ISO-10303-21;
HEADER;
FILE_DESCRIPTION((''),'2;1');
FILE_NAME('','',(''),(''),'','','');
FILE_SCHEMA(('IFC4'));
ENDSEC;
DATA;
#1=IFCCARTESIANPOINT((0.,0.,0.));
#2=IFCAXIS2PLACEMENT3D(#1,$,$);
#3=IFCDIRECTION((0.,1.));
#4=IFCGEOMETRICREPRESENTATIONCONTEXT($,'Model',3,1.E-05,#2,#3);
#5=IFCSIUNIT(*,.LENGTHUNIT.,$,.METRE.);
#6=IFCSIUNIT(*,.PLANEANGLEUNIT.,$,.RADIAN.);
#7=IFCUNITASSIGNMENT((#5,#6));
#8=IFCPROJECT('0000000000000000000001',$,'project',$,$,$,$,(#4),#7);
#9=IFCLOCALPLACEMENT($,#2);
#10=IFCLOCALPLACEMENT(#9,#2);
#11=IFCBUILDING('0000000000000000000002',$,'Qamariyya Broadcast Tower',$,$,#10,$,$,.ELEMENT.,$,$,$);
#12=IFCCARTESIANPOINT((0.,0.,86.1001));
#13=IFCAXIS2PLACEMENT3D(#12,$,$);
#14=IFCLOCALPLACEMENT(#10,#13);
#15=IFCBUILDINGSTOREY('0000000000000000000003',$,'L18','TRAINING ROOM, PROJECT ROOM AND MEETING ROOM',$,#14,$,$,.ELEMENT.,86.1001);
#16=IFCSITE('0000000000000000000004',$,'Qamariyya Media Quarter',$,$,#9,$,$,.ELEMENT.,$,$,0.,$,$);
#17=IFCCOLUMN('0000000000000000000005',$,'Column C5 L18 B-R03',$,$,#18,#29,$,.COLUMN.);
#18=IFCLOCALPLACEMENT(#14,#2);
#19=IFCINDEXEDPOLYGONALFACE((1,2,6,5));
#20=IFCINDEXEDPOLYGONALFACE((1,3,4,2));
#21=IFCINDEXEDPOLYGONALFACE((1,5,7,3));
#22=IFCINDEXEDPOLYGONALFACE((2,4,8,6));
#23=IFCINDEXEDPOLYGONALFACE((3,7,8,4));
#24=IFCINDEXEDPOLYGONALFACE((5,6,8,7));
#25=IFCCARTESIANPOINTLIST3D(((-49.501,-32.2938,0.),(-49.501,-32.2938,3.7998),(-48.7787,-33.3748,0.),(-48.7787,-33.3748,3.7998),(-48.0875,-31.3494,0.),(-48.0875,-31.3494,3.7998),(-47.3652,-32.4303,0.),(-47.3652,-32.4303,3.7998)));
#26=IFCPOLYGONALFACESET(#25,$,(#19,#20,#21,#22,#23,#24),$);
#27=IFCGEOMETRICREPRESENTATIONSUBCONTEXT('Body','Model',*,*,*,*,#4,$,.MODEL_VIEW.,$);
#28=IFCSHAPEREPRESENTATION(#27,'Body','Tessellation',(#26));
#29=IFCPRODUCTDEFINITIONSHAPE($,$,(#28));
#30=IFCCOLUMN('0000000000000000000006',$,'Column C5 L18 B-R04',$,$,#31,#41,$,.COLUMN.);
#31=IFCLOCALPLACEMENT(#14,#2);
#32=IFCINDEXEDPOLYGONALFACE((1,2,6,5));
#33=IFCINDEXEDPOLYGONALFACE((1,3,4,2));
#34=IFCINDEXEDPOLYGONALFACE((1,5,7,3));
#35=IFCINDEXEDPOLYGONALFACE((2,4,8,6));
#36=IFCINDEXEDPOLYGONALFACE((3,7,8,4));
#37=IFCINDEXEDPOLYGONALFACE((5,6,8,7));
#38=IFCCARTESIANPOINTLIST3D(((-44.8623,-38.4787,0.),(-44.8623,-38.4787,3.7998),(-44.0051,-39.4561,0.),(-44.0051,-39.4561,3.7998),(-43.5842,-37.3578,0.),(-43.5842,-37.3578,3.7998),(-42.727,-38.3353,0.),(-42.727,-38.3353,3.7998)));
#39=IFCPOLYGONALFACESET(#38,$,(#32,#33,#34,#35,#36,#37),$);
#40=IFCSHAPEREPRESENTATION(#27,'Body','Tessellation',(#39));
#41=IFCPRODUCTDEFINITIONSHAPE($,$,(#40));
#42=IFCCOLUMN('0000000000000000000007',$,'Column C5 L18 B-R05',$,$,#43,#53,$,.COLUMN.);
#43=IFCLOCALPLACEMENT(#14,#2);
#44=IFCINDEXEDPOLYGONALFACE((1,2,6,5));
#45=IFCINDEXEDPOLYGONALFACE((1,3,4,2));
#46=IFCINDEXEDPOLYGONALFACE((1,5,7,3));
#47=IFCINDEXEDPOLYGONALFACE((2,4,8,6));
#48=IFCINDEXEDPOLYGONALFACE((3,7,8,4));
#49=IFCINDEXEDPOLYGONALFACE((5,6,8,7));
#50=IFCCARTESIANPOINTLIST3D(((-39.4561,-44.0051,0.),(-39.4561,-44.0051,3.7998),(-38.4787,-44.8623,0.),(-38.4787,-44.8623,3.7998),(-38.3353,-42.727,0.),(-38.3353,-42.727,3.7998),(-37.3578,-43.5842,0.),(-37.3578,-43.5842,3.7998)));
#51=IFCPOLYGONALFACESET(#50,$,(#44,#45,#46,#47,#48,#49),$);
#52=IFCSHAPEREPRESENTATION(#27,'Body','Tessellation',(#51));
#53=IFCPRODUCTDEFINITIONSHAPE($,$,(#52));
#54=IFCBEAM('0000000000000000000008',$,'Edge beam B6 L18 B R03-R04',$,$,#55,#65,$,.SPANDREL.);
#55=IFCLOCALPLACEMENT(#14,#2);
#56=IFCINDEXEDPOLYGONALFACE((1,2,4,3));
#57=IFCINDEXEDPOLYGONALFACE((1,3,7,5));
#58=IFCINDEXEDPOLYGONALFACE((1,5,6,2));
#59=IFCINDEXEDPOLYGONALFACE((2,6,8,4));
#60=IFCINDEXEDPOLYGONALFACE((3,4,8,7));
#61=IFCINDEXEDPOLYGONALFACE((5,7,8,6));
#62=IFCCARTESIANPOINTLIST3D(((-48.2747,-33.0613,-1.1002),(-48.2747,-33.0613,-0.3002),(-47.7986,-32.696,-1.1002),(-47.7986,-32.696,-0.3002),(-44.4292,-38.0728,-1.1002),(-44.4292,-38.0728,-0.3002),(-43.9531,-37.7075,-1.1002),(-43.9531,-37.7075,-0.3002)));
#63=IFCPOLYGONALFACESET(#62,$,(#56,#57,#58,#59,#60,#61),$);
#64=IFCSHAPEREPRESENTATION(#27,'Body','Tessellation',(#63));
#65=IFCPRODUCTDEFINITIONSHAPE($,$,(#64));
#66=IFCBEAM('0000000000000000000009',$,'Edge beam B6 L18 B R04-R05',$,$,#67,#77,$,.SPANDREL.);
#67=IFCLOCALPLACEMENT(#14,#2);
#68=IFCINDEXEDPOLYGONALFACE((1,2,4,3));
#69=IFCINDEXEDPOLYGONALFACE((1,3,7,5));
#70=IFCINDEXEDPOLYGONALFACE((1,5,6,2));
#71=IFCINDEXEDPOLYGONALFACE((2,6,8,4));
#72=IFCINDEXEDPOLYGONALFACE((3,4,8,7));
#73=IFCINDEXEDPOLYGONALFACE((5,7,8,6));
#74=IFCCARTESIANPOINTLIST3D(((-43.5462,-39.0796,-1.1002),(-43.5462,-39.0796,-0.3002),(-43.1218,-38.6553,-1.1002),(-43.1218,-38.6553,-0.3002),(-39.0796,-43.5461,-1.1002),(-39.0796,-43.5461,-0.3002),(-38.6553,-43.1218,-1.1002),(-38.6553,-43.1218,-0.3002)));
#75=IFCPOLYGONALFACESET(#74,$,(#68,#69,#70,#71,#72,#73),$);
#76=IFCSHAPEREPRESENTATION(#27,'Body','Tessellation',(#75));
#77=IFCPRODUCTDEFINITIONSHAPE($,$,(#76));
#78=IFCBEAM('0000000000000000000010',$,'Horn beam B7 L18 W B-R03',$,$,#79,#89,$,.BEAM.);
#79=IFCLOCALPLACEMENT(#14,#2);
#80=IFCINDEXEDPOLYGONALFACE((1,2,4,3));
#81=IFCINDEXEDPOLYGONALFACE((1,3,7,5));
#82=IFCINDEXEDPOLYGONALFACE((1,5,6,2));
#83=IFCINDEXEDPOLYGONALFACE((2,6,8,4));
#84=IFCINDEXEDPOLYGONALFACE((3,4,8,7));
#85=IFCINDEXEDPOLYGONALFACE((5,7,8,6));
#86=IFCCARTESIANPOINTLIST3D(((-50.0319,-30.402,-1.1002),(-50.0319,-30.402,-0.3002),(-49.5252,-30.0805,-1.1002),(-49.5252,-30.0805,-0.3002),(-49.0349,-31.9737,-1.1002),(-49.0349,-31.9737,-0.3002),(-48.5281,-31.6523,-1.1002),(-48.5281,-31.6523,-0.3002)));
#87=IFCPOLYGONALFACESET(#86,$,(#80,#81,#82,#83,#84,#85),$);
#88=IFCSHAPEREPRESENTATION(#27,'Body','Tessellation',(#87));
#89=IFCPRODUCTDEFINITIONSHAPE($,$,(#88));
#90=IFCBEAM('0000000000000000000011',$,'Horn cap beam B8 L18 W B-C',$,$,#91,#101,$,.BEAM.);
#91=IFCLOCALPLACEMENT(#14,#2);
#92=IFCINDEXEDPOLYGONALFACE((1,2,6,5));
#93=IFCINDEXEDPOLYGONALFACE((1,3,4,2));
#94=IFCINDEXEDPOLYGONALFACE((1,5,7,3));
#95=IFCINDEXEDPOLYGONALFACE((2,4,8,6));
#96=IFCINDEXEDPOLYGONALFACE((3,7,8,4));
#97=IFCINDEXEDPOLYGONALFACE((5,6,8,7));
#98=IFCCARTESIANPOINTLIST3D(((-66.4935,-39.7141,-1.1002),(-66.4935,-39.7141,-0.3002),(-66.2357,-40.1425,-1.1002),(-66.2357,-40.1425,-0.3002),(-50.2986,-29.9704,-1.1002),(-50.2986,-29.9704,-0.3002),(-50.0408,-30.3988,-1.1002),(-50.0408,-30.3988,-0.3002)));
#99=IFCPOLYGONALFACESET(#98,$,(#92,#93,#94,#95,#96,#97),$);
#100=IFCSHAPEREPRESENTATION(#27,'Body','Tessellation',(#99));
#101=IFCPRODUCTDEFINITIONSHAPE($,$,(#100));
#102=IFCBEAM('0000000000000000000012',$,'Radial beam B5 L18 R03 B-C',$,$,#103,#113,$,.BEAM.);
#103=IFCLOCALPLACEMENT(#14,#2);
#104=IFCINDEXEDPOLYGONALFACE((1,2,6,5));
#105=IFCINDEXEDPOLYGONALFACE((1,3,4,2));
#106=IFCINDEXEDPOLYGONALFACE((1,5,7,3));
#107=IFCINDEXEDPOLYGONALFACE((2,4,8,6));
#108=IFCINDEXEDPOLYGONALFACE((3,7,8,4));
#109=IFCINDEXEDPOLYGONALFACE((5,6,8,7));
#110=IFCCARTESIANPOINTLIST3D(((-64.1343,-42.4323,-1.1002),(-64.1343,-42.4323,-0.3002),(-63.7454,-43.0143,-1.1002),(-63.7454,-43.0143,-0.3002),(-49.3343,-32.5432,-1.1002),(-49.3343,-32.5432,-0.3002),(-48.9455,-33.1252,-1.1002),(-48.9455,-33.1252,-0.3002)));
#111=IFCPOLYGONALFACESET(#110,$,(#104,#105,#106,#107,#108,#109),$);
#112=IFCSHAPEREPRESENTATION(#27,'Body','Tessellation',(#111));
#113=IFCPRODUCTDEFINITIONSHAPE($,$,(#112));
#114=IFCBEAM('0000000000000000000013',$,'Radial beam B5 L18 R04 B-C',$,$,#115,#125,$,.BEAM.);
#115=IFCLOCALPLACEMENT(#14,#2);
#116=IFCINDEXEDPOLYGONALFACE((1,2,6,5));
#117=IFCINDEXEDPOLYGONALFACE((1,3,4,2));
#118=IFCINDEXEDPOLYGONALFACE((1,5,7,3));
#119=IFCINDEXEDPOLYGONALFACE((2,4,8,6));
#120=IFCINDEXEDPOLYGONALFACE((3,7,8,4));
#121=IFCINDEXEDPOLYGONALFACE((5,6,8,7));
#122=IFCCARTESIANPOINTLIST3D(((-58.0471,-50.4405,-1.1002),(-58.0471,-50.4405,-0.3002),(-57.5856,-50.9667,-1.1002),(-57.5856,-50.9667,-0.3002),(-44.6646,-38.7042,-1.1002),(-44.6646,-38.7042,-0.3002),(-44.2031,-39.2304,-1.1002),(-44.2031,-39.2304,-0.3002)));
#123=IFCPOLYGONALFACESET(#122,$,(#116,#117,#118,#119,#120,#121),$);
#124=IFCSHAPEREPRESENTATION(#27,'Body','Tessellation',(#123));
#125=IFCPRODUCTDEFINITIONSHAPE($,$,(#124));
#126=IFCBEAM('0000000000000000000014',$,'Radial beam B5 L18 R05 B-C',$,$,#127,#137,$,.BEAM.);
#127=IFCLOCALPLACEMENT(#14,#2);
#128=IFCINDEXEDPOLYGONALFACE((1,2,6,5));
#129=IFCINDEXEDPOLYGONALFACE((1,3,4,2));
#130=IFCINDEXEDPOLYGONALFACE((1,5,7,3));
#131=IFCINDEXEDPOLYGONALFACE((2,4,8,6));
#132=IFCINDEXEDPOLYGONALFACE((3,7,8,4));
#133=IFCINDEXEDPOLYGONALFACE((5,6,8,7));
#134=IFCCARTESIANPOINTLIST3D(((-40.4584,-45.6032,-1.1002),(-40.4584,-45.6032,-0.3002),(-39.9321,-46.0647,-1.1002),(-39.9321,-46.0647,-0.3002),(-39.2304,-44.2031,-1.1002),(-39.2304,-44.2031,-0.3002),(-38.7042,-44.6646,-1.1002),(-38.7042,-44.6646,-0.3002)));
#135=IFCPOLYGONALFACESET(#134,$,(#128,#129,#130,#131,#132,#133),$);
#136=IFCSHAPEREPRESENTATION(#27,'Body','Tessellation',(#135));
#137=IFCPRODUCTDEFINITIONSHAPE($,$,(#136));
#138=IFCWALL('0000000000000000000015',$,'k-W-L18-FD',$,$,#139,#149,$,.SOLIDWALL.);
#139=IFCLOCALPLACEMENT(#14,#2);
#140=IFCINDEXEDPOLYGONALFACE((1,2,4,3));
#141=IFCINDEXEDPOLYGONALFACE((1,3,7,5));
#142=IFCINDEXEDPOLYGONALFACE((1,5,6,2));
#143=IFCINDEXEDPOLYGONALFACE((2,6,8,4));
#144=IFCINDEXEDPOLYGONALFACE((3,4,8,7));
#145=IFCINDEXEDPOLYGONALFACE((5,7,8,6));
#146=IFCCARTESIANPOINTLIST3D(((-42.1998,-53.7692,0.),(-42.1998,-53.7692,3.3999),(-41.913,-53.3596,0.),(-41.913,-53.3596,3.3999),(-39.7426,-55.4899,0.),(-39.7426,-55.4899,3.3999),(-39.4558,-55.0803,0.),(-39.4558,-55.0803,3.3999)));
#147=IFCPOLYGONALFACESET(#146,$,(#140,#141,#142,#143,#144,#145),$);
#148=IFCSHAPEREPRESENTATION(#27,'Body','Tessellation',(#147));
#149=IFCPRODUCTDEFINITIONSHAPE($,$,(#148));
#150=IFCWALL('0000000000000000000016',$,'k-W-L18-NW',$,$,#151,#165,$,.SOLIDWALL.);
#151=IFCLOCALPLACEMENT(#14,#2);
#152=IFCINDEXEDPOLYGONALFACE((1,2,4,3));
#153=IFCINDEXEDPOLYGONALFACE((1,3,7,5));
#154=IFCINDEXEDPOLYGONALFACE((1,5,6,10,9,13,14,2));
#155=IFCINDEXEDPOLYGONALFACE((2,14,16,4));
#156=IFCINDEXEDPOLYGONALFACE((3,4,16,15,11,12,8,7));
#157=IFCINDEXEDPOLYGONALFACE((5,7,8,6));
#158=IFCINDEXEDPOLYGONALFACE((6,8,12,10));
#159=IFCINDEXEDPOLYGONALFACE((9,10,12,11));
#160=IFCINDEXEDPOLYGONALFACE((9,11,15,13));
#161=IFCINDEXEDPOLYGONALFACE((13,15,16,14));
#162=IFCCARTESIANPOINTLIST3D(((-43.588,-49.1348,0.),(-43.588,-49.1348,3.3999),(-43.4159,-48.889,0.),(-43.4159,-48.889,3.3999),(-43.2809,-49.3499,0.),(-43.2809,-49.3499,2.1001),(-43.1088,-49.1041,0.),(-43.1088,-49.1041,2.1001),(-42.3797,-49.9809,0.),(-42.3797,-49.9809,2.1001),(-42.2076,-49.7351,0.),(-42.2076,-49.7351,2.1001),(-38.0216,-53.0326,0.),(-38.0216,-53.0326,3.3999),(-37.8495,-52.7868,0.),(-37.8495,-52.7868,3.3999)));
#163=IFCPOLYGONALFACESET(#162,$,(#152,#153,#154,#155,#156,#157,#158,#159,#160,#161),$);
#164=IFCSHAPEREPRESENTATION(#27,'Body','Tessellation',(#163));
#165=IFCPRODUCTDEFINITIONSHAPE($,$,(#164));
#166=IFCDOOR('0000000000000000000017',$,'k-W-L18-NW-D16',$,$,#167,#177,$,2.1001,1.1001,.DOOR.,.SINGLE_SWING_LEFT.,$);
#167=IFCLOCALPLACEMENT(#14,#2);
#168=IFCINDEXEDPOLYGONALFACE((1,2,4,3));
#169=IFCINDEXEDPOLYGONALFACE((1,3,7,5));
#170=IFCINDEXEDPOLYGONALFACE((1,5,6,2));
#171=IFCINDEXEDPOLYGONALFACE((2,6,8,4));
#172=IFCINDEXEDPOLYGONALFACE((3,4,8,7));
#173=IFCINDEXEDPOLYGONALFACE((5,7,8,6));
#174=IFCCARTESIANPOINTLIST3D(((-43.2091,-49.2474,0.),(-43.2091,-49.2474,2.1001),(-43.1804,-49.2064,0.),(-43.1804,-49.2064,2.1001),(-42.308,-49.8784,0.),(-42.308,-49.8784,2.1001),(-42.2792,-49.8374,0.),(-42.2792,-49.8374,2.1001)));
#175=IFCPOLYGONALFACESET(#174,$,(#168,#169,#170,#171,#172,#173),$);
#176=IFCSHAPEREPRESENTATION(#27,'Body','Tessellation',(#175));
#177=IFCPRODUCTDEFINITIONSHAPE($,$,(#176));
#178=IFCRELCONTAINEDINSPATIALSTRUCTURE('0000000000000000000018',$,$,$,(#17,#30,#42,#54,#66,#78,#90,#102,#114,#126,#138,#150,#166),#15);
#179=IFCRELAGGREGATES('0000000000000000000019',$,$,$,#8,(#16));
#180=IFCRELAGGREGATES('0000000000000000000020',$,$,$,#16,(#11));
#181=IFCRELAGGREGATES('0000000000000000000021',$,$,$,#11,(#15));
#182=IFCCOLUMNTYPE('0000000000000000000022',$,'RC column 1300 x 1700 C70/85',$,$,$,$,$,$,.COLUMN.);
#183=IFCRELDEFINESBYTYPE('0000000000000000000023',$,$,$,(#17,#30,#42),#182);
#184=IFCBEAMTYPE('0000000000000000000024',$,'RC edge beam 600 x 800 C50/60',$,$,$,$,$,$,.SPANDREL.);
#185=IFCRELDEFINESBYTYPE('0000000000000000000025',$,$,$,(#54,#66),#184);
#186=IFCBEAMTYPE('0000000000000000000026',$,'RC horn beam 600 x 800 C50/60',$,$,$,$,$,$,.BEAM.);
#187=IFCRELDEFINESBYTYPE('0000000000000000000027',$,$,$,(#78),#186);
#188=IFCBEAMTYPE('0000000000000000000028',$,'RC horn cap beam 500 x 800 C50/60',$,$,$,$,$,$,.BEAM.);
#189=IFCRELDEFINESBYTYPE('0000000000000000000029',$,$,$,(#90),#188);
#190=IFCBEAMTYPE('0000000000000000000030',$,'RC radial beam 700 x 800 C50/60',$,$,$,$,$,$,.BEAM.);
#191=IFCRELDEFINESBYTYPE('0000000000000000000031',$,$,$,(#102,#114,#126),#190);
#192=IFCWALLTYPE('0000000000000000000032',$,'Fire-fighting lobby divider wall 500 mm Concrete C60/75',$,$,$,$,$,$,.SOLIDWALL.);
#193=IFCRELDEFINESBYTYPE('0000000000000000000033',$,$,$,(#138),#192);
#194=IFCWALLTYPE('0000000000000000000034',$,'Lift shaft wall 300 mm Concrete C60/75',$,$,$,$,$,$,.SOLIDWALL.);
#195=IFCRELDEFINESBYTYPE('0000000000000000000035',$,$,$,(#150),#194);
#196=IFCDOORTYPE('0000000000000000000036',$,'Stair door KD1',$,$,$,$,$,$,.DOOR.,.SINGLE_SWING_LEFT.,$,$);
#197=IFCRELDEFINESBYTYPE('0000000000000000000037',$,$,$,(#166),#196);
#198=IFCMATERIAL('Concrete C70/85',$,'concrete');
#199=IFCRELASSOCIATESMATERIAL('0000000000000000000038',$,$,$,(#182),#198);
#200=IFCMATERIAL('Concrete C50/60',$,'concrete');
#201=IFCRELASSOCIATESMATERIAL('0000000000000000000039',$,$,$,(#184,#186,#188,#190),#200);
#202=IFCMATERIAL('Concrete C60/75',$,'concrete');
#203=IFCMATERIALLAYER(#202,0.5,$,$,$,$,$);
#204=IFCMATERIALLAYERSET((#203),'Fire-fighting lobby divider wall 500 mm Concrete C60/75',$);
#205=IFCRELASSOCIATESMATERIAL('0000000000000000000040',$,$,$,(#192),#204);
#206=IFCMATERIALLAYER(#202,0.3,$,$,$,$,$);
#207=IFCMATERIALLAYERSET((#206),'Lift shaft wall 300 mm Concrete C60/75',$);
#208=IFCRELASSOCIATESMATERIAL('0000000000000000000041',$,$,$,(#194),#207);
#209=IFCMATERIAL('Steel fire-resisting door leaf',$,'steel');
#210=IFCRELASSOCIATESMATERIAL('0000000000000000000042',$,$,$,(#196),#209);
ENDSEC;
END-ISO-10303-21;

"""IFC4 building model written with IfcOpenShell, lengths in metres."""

from ifc_helpers import new_model, si_unit, direction, frame, frame_2d, origin, origin_2d, place, context, subcontext, project, spatial, rectangle, extrude, material, layer, layer_set, material_profile, profile_set, type_object, element, fill, save


model = new_model("IFC4")

# Units and contexts
model_context = context("Model", 3, precision=1e-05, world=origin(), true_north=direction((0.0, 1.0)))
body_context = subcontext(model_context, "Body", "Model", "MODEL_VIEW")
ifc_project = project(units=[si_unit("LENGTHUNIT", "METRE"), si_unit("PLANEANGLEUNIT", "RADIAN")], contexts=[model_context])

# Site, building, storey
site_placement = place(None, origin())
site = spatial("IfcSite", under=ifc_project, at=site_placement, Name="Qamariyya Media Quarter", CompositionType="ELEMENT", RefElevation=0.0)
building_placement = place(site_placement, origin())
building = spatial("IfcBuilding", under=site, at=building_placement, Name="Qamariyya Broadcast Tower", CompositionType="ELEMENT")
storey_placement = place(building_placement, frame((0.0, 0.0, 86.1001)))
storey = spatial("IfcBuildingStorey", under=building, at=storey_placement, Name="L18", Description="TRAINING ROOM, PROJECT ROOM AND MEETING ROOM", CompositionType="ELEMENT", Elevation=86.1001)

# Columns
ifc_material_1 = material(Name="Concrete C70/85", Category="concrete")
ifc_material_profile_1 = material_profile(ifc_material_1, rectangle(XDim=1.3, YDim=1.7, at=origin_2d()))
ifc_profile_set_1 = profile_set([ifc_material_profile_1], Name="Concrete C70/85")
column_type = type_object("IfcColumnType", Name="RC column 1300 x 1700 C70/85", PredefinedType="COLUMN", material=ifc_profile_set_1)
for number, where, z_axis, x_axis, name in (
    (1, (-48.4331, -32.3621, 0.0), (0.0, 0.0, 1.0), (0.55557, -0.83147, 0.0), "Column C5 L18 B-R03"),
    (2, (-43.7947, -38.407, 0.0), (0.0, 0.0, 1.0), (0.659346, -0.75184, 0.0), "Column C5 L18 B-R04"),
    (3, (-38.407, -43.7947, 0.0), (0.0, 0.0, 1.0), (0.75184, -0.659346, 0.0), "Column C5 L18 B-R05"),
):
    element("IfcColumn", number, at=place(storey_placement, frame(where, z_axis=z_axis, x_axis=x_axis)), inside=storey, type_object=column_type, Name=name, PredefinedType="COLUMN", context=body_context, shape_type="SweptSolid", body=[
        extrude(rectangle(XDim=1.3, YDim=1.7, at=origin_2d()), origin(), (0.0, 0.0, 1.0), 3.7998),
    ])

# Beams
ifc_material_2 = material(Name="Concrete C50/60", Category="concrete")
ifc_material_profile_2 = material_profile(ifc_material_2, rectangle(XDim=0.6001, YDim=0.8, at=origin_2d()))
ifc_profile_set_2 = profile_set([ifc_material_profile_2], Name="Concrete C50/60")
beam_type_1 = type_object("IfcBeamType", Name="RC edge beam 600 x 800 C50/60", PredefinedType="SPANDREL", material=ifc_profile_set_2)
beam_1_placement = place(storey_placement, frame((-48.0366, -32.8787, -0.7002), z_axis=(0.608763, -0.793352, 0.0), x_axis=(0.793352, 0.608763, 0.0)))
element("IfcBeam", 4, at=beam_1_placement, inside=storey, type_object=beam_type_1, Name="Edge beam B6 L18 B R03-R04", PredefinedType="SPANDREL", context=body_context, shape_type="SweptSolid", body=[
    extrude(rectangle(XDim=0.6001, YDim=0.8, at=origin_2d()), origin(), (0.0, 0.0, 1.0), 6.3169),
])
beam_2_placement = place(storey_placement, frame((-43.334, -38.8674, -0.7002), z_axis=(0.707107, -0.707107, 0.0), x_axis=(0.707107, 0.707107, 0.0)))
element("IfcBeam", 5, at=beam_2_placement, inside=storey, type_object=beam_type_1, Name="Edge beam B6 L18 B R04-R05", PredefinedType="SPANDREL", context=body_context, shape_type="SweptSolid", body=[
    extrude(rectangle(XDim=0.6001, YDim=0.8, at=origin_2d()), origin(), (0.0, 0.0, 1.0), 6.3167),
])
ifc_material_profile_3 = material_profile(ifc_material_2, rectangle(XDim=0.6001, YDim=0.8, at=origin_2d()))
ifc_profile_set_3 = profile_set([ifc_material_profile_3], Name="Concrete C50/60")
beam_type_2 = type_object("IfcBeamType", Name="RC horn beam 600 x 800 C50/60", PredefinedType="BEAM", material=ifc_profile_set_3)
beam_3_placement = place(storey_placement, frame((-48.7815, -31.813, -0.7002), z_axis=(-0.53567, 0.844428, 0.0), x_axis=(-0.844428, -0.53567, 0.0)))
element("IfcBeam", 6, at=beam_3_placement, inside=storey, type_object=beam_type_2, Name="Horn beam B7 L18 W B-R03", PredefinedType="BEAM", context=body_context, shape_type="SweptSolid", body=[
    extrude(rectangle(XDim=0.6001, YDim=0.8, at=origin_2d()), origin(), (0.0, 0.0, 1.0), 1.8613),
])
ifc_material_profile_4 = material_profile(ifc_material_2, rectangle(XDim=0.5, YDim=0.8, at=origin_2d()))
ifc_profile_set_4 = profile_set([ifc_material_profile_4], Name="Concrete C50/60")
beam_type_3 = type_object("IfcBeamType", Name="RC horn cap beam 500 x 800 C50/60", PredefinedType="BEAM", material=ifc_profile_set_4)
beam_4_placement = place(storey_placement, frame((-50.1697, -30.1846, -0.7002), z_axis=(-0.856868, -0.515536, 0.0), x_axis=(0.515536, -0.856868, 0.0)))
element("IfcBeam", 7, at=beam_4_placement, inside=storey, type_object=beam_type_3, Name="Horn cap beam B8 L18 W B-C", PredefinedType="BEAM", context=body_context, shape_type="SweptSolid", body=[
    extrude(rectangle(XDim=0.5, YDim=0.8, at=origin_2d()), origin(), (0.0, 0.0, 1.0), 18.9001),
])
ifc_material_profile_5 = material_profile(ifc_material_2, rectangle(XDim=0.7, YDim=0.8, at=origin_2d()))
ifc_profile_set_5 = profile_set([ifc_material_profile_5], Name="Concrete C50/60")
beam_type_4 = type_object("IfcBeamType", Name="RC radial beam 700 x 800 C50/60", PredefinedType="BEAM", material=ifc_profile_set_5)
for number, where, z_axis, x_axis, name in (
    (8, (-49.1399, -32.8342, -0.7002), (-0.831467, -0.555573, 0.0), (0.555573, -0.831467, 0.0), "Radial beam B5 L18 R03 B-C"),
    (9, (-44.4338, -38.9673, -0.7002), (-0.751836, -0.65935, 0.0), (0.65935, -0.751836, 0.0), "Radial beam B5 L18 R04 B-C"),
):
    element("IfcBeam", number, at=place(storey_placement, frame(where, z_axis=z_axis, x_axis=x_axis)), inside=storey, type_object=beam_type_4, Name=name, PredefinedType="BEAM", context=body_context, shape_type="SweptSolid", body=[
        extrude(rectangle(XDim=0.7, YDim=0.8, at=origin_2d()), origin(), (0.0, 0.0, 1.0), 17.7998),
    ])
beam_5_placement = place(storey_placement, frame((-38.9673, -44.4338, -0.7002), z_axis=(-0.659386, -0.751805, 0.0), x_axis=(0.751805, -0.659386, 0.0)))
element("IfcBeam", 10, at=beam_5_placement, inside=storey, type_object=beam_type_4, Name="Radial beam B5 L18 R05 B-C", PredefinedType="BEAM", context=body_context, shape_type="SweptSolid", body=[
    extrude(rectangle(XDim=0.7, YDim=0.8, at=origin_2d()), origin(), (0.0, 0.0, 1.0), 1.8623),
])

# Wall
ifc_material_3 = material(Name="Concrete C60/75", Category="concrete")
ifc_layer_1 = layer(ifc_material_3, 0.5)
ifc_layer_set_1 = layer_set([ifc_layer_1], Name="Fire-fighting lobby divider wall 500 mm Concrete C60/75")
wall_type_1 = type_object("IfcWallType", Name="Fire-fighting lobby divider wall 500 mm Concrete C60/75", PredefinedType="SOLIDWALL", material=ifc_layer_set_1)
wall_1_placement = place(storey_placement, frame((-39.5991, -55.2852, 0.0), z_axis=(0.0, 0.0, 1.0), x_axis=(-0.819136, 0.573599, 0.0)))
element("IfcWall", 11, at=wall_1_placement, inside=storey, type_object=wall_type_1, Name="k-W-L18-FD", PredefinedType="SOLIDWALL", context=body_context, shape_type="SweptSolid", body=[
    extrude(rectangle(XDim=2.9998, YDim=0.5, at=frame_2d((1.5, 0.0))), origin(), (0.0, 0.0, 1.0), 3.3999),
])

# Wall, opening, door
ifc_layer_2 = layer(ifc_material_3, 0.3)
ifc_layer_set_2 = layer_set([ifc_layer_2], Name="Lift shaft wall 300 mm Concrete C60/75")
wall_type_2 = type_object("IfcWallType", Name="Lift shaft wall 300 mm Concrete C60/75", PredefinedType="SOLIDWALL", material=ifc_layer_set_2)
wall_2_placement = place(storey_placement, frame((-37.9355, -52.9097, 0.0), z_axis=(0.0, 0.0, 1.0), x_axis=(-0.819148, 0.573583, 0.0)))
wall_2 = element("IfcWall", 12, at=wall_2_placement, inside=storey, type_object=wall_type_2, Name="k-W-L18-NW", PredefinedType="SOLIDWALL", context=body_context, shape_type="SweptSolid", body=[
    extrude(rectangle(XDim=6.7954, YDim=0.3, at=frame_2d((3.3977, 0.0))), origin(), (0.0, 0.0, 1.0), 3.3999),
])
opening_1_placement = place(wall_2_placement, frame((5.3203, 0.0, 0.0)))
opening_1 = element("IfcOpeningElement", 13, at=opening_1_placement, cuts=wall_2, PredefinedType="OPENING", context=body_context, shape_type="SweptSolid", body=[
    extrude(rectangle(XDim=1.1001, YDim=2.1001, at=frame_2d((0.55, 1.05))), frame((0.0, 0.1599, 0.0), z_axis=(0.0, -1.0, 0.0), x_axis=(1.0, 0.0, 0.0)), (0.0, 0.0, 1.0), 0.3201),
])
ifc_material_4 = material(Name="Steel fire-resisting door leaf", Category="steel")
door_type_1 = type_object("IfcDoorType", Name="Stair door KD1", OperationType="SINGLE_SWING_LEFT", PredefinedType="DOOR", material=ifc_material_4)
door_1_placement = place(opening_1_placement, origin())
door_1 = element("IfcDoor", 14, at=door_1_placement, inside=storey, type_object=door_type_1, Name="k-W-L18-NW-D16", OperationType="SINGLE_SWING_LEFT", OverallHeight=2.1001, OverallWidth=1.1001, PredefinedType="DOOR", context=body_context, shape_type="SweptSolid", body=[
    extrude(rectangle(XDim=1.1001, YDim=2.1001, at=frame_2d((0.55, 1.05))), frame((0.0, 0.0249, 0.0), z_axis=(0.0, -1.0, 0.0), x_axis=(1.0, 0.0, 0.0)), (0.0, 0.0, 1.0), 0.05),
])
fill(opening_1, door_1)

save(model, "model.ifc")
